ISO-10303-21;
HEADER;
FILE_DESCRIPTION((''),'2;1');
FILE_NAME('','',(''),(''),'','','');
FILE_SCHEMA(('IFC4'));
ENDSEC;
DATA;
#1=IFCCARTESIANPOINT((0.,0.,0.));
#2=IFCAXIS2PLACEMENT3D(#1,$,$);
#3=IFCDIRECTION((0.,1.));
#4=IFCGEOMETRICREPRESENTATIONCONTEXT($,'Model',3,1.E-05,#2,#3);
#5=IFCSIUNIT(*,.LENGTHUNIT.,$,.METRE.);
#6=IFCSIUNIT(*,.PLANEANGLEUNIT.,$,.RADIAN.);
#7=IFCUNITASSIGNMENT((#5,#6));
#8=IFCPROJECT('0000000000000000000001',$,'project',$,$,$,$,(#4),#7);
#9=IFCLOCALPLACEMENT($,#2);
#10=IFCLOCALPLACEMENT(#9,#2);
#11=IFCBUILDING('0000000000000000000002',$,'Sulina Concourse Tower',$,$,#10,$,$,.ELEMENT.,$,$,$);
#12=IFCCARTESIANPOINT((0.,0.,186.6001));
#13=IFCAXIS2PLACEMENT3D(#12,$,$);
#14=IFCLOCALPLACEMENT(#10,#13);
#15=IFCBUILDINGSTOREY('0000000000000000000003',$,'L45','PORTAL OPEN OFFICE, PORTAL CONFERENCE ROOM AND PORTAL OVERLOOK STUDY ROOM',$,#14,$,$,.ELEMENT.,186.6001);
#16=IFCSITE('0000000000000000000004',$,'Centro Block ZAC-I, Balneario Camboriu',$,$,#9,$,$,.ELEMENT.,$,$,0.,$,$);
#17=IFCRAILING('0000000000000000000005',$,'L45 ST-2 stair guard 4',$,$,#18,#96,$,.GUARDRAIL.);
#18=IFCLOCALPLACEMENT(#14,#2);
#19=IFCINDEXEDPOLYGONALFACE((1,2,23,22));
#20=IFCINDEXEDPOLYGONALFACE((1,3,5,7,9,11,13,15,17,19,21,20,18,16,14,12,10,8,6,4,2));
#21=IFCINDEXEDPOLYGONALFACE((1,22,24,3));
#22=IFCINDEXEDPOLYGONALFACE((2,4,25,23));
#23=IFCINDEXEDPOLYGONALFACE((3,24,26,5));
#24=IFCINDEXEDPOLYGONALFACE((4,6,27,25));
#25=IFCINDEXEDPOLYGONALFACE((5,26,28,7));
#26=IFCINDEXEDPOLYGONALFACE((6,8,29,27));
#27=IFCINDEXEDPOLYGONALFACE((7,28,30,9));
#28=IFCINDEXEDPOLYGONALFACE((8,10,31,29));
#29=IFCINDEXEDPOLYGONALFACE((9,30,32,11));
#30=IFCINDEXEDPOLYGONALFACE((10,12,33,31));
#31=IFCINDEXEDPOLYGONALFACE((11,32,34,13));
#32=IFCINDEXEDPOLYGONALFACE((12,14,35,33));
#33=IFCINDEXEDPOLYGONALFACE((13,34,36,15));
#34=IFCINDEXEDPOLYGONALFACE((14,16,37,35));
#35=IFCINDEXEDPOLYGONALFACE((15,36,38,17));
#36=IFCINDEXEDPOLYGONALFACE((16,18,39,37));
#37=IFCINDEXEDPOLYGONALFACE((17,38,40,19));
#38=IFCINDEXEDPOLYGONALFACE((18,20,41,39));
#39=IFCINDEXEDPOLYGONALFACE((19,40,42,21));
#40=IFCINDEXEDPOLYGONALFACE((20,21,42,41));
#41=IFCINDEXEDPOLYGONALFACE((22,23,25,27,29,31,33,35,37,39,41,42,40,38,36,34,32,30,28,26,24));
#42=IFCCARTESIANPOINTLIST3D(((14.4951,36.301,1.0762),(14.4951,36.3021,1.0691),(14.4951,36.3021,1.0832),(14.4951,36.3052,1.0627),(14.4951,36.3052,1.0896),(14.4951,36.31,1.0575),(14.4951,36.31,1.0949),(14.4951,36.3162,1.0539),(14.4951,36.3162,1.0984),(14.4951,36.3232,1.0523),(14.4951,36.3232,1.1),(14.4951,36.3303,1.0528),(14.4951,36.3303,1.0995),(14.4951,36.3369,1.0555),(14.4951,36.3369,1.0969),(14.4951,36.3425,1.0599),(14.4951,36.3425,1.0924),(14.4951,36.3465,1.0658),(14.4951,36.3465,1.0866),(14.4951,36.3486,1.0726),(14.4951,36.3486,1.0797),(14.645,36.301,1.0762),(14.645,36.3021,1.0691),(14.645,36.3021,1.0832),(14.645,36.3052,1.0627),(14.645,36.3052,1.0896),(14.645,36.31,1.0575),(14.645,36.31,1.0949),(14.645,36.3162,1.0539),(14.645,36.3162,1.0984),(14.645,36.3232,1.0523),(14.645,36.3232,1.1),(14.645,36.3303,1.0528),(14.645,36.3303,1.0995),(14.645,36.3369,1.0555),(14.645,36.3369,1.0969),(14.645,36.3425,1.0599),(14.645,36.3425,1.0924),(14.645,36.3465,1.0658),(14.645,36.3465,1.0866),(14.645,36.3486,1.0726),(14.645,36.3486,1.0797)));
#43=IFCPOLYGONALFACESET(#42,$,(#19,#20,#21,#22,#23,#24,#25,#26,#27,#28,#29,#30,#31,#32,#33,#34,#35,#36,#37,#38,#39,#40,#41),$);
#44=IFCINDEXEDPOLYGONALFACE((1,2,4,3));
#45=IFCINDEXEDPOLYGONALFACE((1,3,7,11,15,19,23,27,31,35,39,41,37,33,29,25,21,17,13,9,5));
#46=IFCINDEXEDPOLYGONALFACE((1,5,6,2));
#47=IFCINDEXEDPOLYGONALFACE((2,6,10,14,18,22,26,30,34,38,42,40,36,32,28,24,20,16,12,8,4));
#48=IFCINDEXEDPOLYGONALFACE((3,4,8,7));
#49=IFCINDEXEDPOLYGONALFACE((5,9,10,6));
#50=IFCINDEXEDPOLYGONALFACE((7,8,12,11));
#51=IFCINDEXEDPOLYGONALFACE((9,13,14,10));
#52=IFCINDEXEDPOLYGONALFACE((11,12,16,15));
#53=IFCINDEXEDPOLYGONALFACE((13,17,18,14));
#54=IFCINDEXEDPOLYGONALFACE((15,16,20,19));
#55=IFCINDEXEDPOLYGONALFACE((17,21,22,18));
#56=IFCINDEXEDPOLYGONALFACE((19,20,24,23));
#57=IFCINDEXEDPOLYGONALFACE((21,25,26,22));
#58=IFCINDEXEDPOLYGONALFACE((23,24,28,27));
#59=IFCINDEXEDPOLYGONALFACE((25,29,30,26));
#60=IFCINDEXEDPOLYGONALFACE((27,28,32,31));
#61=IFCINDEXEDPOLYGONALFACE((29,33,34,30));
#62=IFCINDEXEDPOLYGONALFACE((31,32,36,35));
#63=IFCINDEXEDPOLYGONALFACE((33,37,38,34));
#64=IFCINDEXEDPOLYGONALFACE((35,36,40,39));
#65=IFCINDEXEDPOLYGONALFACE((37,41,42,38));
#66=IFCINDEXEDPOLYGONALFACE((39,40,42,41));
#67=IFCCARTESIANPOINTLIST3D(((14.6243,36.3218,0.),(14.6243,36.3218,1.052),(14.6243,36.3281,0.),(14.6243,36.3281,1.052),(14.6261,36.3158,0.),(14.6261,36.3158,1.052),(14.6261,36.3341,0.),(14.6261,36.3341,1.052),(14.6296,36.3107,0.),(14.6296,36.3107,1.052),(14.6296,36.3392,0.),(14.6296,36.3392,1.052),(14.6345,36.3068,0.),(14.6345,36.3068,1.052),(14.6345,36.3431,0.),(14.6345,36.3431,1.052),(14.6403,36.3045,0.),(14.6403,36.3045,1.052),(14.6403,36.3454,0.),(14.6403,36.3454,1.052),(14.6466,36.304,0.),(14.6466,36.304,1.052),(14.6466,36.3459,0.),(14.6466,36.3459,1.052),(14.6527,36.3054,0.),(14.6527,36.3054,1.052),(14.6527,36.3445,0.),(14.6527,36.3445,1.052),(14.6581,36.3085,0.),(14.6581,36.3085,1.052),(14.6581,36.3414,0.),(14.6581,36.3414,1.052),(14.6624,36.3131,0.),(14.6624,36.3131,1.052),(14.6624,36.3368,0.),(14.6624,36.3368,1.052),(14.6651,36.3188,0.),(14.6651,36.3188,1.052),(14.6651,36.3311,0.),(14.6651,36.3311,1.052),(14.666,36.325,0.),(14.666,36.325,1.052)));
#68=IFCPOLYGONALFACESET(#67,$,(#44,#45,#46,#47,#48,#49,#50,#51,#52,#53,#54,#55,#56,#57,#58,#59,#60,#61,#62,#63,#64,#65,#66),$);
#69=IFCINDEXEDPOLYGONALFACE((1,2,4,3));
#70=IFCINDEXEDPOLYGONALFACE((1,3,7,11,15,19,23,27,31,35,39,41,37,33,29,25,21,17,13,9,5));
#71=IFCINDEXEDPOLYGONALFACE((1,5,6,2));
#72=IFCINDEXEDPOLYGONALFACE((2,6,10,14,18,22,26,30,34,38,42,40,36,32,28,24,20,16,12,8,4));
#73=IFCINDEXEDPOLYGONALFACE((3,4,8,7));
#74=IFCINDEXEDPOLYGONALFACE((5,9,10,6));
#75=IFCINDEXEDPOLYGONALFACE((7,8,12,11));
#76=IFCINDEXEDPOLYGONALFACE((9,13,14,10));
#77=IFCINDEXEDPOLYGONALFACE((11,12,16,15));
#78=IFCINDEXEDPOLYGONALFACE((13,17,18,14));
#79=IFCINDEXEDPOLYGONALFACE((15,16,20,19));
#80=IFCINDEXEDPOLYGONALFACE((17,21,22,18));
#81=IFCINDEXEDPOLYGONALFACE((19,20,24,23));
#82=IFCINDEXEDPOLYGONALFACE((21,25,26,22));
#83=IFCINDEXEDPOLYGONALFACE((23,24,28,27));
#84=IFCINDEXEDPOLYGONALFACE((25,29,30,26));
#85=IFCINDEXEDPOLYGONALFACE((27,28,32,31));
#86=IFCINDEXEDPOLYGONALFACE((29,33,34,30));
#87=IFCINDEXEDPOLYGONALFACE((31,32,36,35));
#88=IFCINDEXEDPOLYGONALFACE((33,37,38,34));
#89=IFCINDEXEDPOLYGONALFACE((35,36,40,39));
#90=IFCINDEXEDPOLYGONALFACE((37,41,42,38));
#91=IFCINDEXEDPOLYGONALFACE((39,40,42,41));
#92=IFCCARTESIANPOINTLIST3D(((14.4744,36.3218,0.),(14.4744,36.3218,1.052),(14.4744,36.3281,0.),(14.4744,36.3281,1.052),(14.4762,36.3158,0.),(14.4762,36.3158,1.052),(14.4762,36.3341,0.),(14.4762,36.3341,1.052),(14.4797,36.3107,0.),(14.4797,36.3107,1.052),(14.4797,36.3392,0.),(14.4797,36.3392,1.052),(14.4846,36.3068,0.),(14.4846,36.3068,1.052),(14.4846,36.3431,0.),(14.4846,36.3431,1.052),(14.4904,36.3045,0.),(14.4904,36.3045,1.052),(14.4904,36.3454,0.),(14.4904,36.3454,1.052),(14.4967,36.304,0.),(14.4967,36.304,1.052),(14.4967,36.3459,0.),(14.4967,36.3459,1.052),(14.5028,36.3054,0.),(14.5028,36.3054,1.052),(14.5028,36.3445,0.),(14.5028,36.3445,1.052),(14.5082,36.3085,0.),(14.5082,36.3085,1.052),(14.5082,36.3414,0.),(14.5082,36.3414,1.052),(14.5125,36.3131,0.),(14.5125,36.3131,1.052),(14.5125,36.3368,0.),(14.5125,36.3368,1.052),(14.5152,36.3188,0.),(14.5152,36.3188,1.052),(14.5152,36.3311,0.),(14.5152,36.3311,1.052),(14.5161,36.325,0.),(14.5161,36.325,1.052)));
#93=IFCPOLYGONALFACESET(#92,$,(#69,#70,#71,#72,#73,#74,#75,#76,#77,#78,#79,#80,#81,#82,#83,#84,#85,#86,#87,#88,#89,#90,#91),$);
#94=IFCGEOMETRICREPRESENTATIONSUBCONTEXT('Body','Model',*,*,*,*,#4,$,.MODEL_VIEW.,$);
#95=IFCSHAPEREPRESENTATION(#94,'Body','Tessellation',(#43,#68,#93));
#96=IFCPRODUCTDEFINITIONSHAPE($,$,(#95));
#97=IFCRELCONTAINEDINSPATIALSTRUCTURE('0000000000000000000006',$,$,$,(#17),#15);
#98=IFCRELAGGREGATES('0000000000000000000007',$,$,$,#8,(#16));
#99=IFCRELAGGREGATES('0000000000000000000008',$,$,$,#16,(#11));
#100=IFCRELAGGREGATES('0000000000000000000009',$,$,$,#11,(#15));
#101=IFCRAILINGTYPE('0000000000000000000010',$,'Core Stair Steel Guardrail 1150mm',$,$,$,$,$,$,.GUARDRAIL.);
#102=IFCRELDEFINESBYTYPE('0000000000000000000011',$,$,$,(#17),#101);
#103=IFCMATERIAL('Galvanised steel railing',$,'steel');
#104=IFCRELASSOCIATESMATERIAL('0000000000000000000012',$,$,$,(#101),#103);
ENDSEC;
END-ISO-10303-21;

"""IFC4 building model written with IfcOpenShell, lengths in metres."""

from ifc_helpers import new_model, si_unit, direction, frame, origin, origin_2d, place, context, subcontext, project, spatial, circle, extrude, material, type_object, element, save


model = new_model("IFC4")

# Units and contexts
model_context = context("Model", 3, precision=1e-05, world=origin(), true_north=direction((0.0, 1.0)))
body_context = subcontext(model_context, "Body", "Model", "MODEL_VIEW")
ifc_project = project(units=[si_unit("LENGTHUNIT", "METRE"), si_unit("PLANEANGLEUNIT", "RADIAN")], contexts=[model_context])

# Site, building, storey
site_placement = place(None, origin())
site = spatial("IfcSite", under=ifc_project, at=site_placement, Name="Centro Block ZAC-I, Balneario Camboriu", CompositionType="ELEMENT", RefElevation=0.0)
building_placement = place(site_placement, origin())
building = spatial("IfcBuilding", under=site, at=building_placement, Name="Sulina Concourse Tower", CompositionType="ELEMENT")
storey_placement = place(building_placement, frame((0.0, 0.0, 186.6001)))
storey = spatial("IfcBuildingStorey", under=building, at=storey_placement, Name="L45", Description="PORTAL OPEN OFFICE, PORTAL CONFERENCE ROOM AND PORTAL OVERLOOK STUDY ROOM", CompositionType="ELEMENT", Elevation=186.6001)

# Railing
ifc_material_1 = material(Name="Galvanised steel railing", Category="steel")
railing_type = type_object("IfcRailingType", Name="Core Stair Steel Guardrail 1150mm", PredefinedType="GUARDRAIL", material=ifc_material_1)
railing_placement = place(storey_placement, frame((14.645, 36.325, 0.0)))
element("IfcRailing", 1, at=railing_placement, inside=storey, type_object=railing_type, Name="L45 ST-2 stair guard 4", PredefinedType="GUARDRAIL", context=body_context, shape_type="SweptSolid", body=[
    extrude(circle(Radius=0.0239, at=origin_2d()), frame((0.0, 0.0, 1.0762), z_axis=(-1.0, 0.0, 0.0), x_axis=(0.0, -1.0, 0.0)), (0.0, 0.0, 1.0), 0.1499),
    extrude(circle(Radius=0.021, at=origin_2d()), origin(), (0.0, 0.0, 1.0), 1.052),
    extrude(circle(Radius=0.021, at=origin_2d()), frame((-0.1499, 0.0, 0.0)), (0.0, 0.0, 1.0), 1.052),
])

save(model, "model.ifc")
